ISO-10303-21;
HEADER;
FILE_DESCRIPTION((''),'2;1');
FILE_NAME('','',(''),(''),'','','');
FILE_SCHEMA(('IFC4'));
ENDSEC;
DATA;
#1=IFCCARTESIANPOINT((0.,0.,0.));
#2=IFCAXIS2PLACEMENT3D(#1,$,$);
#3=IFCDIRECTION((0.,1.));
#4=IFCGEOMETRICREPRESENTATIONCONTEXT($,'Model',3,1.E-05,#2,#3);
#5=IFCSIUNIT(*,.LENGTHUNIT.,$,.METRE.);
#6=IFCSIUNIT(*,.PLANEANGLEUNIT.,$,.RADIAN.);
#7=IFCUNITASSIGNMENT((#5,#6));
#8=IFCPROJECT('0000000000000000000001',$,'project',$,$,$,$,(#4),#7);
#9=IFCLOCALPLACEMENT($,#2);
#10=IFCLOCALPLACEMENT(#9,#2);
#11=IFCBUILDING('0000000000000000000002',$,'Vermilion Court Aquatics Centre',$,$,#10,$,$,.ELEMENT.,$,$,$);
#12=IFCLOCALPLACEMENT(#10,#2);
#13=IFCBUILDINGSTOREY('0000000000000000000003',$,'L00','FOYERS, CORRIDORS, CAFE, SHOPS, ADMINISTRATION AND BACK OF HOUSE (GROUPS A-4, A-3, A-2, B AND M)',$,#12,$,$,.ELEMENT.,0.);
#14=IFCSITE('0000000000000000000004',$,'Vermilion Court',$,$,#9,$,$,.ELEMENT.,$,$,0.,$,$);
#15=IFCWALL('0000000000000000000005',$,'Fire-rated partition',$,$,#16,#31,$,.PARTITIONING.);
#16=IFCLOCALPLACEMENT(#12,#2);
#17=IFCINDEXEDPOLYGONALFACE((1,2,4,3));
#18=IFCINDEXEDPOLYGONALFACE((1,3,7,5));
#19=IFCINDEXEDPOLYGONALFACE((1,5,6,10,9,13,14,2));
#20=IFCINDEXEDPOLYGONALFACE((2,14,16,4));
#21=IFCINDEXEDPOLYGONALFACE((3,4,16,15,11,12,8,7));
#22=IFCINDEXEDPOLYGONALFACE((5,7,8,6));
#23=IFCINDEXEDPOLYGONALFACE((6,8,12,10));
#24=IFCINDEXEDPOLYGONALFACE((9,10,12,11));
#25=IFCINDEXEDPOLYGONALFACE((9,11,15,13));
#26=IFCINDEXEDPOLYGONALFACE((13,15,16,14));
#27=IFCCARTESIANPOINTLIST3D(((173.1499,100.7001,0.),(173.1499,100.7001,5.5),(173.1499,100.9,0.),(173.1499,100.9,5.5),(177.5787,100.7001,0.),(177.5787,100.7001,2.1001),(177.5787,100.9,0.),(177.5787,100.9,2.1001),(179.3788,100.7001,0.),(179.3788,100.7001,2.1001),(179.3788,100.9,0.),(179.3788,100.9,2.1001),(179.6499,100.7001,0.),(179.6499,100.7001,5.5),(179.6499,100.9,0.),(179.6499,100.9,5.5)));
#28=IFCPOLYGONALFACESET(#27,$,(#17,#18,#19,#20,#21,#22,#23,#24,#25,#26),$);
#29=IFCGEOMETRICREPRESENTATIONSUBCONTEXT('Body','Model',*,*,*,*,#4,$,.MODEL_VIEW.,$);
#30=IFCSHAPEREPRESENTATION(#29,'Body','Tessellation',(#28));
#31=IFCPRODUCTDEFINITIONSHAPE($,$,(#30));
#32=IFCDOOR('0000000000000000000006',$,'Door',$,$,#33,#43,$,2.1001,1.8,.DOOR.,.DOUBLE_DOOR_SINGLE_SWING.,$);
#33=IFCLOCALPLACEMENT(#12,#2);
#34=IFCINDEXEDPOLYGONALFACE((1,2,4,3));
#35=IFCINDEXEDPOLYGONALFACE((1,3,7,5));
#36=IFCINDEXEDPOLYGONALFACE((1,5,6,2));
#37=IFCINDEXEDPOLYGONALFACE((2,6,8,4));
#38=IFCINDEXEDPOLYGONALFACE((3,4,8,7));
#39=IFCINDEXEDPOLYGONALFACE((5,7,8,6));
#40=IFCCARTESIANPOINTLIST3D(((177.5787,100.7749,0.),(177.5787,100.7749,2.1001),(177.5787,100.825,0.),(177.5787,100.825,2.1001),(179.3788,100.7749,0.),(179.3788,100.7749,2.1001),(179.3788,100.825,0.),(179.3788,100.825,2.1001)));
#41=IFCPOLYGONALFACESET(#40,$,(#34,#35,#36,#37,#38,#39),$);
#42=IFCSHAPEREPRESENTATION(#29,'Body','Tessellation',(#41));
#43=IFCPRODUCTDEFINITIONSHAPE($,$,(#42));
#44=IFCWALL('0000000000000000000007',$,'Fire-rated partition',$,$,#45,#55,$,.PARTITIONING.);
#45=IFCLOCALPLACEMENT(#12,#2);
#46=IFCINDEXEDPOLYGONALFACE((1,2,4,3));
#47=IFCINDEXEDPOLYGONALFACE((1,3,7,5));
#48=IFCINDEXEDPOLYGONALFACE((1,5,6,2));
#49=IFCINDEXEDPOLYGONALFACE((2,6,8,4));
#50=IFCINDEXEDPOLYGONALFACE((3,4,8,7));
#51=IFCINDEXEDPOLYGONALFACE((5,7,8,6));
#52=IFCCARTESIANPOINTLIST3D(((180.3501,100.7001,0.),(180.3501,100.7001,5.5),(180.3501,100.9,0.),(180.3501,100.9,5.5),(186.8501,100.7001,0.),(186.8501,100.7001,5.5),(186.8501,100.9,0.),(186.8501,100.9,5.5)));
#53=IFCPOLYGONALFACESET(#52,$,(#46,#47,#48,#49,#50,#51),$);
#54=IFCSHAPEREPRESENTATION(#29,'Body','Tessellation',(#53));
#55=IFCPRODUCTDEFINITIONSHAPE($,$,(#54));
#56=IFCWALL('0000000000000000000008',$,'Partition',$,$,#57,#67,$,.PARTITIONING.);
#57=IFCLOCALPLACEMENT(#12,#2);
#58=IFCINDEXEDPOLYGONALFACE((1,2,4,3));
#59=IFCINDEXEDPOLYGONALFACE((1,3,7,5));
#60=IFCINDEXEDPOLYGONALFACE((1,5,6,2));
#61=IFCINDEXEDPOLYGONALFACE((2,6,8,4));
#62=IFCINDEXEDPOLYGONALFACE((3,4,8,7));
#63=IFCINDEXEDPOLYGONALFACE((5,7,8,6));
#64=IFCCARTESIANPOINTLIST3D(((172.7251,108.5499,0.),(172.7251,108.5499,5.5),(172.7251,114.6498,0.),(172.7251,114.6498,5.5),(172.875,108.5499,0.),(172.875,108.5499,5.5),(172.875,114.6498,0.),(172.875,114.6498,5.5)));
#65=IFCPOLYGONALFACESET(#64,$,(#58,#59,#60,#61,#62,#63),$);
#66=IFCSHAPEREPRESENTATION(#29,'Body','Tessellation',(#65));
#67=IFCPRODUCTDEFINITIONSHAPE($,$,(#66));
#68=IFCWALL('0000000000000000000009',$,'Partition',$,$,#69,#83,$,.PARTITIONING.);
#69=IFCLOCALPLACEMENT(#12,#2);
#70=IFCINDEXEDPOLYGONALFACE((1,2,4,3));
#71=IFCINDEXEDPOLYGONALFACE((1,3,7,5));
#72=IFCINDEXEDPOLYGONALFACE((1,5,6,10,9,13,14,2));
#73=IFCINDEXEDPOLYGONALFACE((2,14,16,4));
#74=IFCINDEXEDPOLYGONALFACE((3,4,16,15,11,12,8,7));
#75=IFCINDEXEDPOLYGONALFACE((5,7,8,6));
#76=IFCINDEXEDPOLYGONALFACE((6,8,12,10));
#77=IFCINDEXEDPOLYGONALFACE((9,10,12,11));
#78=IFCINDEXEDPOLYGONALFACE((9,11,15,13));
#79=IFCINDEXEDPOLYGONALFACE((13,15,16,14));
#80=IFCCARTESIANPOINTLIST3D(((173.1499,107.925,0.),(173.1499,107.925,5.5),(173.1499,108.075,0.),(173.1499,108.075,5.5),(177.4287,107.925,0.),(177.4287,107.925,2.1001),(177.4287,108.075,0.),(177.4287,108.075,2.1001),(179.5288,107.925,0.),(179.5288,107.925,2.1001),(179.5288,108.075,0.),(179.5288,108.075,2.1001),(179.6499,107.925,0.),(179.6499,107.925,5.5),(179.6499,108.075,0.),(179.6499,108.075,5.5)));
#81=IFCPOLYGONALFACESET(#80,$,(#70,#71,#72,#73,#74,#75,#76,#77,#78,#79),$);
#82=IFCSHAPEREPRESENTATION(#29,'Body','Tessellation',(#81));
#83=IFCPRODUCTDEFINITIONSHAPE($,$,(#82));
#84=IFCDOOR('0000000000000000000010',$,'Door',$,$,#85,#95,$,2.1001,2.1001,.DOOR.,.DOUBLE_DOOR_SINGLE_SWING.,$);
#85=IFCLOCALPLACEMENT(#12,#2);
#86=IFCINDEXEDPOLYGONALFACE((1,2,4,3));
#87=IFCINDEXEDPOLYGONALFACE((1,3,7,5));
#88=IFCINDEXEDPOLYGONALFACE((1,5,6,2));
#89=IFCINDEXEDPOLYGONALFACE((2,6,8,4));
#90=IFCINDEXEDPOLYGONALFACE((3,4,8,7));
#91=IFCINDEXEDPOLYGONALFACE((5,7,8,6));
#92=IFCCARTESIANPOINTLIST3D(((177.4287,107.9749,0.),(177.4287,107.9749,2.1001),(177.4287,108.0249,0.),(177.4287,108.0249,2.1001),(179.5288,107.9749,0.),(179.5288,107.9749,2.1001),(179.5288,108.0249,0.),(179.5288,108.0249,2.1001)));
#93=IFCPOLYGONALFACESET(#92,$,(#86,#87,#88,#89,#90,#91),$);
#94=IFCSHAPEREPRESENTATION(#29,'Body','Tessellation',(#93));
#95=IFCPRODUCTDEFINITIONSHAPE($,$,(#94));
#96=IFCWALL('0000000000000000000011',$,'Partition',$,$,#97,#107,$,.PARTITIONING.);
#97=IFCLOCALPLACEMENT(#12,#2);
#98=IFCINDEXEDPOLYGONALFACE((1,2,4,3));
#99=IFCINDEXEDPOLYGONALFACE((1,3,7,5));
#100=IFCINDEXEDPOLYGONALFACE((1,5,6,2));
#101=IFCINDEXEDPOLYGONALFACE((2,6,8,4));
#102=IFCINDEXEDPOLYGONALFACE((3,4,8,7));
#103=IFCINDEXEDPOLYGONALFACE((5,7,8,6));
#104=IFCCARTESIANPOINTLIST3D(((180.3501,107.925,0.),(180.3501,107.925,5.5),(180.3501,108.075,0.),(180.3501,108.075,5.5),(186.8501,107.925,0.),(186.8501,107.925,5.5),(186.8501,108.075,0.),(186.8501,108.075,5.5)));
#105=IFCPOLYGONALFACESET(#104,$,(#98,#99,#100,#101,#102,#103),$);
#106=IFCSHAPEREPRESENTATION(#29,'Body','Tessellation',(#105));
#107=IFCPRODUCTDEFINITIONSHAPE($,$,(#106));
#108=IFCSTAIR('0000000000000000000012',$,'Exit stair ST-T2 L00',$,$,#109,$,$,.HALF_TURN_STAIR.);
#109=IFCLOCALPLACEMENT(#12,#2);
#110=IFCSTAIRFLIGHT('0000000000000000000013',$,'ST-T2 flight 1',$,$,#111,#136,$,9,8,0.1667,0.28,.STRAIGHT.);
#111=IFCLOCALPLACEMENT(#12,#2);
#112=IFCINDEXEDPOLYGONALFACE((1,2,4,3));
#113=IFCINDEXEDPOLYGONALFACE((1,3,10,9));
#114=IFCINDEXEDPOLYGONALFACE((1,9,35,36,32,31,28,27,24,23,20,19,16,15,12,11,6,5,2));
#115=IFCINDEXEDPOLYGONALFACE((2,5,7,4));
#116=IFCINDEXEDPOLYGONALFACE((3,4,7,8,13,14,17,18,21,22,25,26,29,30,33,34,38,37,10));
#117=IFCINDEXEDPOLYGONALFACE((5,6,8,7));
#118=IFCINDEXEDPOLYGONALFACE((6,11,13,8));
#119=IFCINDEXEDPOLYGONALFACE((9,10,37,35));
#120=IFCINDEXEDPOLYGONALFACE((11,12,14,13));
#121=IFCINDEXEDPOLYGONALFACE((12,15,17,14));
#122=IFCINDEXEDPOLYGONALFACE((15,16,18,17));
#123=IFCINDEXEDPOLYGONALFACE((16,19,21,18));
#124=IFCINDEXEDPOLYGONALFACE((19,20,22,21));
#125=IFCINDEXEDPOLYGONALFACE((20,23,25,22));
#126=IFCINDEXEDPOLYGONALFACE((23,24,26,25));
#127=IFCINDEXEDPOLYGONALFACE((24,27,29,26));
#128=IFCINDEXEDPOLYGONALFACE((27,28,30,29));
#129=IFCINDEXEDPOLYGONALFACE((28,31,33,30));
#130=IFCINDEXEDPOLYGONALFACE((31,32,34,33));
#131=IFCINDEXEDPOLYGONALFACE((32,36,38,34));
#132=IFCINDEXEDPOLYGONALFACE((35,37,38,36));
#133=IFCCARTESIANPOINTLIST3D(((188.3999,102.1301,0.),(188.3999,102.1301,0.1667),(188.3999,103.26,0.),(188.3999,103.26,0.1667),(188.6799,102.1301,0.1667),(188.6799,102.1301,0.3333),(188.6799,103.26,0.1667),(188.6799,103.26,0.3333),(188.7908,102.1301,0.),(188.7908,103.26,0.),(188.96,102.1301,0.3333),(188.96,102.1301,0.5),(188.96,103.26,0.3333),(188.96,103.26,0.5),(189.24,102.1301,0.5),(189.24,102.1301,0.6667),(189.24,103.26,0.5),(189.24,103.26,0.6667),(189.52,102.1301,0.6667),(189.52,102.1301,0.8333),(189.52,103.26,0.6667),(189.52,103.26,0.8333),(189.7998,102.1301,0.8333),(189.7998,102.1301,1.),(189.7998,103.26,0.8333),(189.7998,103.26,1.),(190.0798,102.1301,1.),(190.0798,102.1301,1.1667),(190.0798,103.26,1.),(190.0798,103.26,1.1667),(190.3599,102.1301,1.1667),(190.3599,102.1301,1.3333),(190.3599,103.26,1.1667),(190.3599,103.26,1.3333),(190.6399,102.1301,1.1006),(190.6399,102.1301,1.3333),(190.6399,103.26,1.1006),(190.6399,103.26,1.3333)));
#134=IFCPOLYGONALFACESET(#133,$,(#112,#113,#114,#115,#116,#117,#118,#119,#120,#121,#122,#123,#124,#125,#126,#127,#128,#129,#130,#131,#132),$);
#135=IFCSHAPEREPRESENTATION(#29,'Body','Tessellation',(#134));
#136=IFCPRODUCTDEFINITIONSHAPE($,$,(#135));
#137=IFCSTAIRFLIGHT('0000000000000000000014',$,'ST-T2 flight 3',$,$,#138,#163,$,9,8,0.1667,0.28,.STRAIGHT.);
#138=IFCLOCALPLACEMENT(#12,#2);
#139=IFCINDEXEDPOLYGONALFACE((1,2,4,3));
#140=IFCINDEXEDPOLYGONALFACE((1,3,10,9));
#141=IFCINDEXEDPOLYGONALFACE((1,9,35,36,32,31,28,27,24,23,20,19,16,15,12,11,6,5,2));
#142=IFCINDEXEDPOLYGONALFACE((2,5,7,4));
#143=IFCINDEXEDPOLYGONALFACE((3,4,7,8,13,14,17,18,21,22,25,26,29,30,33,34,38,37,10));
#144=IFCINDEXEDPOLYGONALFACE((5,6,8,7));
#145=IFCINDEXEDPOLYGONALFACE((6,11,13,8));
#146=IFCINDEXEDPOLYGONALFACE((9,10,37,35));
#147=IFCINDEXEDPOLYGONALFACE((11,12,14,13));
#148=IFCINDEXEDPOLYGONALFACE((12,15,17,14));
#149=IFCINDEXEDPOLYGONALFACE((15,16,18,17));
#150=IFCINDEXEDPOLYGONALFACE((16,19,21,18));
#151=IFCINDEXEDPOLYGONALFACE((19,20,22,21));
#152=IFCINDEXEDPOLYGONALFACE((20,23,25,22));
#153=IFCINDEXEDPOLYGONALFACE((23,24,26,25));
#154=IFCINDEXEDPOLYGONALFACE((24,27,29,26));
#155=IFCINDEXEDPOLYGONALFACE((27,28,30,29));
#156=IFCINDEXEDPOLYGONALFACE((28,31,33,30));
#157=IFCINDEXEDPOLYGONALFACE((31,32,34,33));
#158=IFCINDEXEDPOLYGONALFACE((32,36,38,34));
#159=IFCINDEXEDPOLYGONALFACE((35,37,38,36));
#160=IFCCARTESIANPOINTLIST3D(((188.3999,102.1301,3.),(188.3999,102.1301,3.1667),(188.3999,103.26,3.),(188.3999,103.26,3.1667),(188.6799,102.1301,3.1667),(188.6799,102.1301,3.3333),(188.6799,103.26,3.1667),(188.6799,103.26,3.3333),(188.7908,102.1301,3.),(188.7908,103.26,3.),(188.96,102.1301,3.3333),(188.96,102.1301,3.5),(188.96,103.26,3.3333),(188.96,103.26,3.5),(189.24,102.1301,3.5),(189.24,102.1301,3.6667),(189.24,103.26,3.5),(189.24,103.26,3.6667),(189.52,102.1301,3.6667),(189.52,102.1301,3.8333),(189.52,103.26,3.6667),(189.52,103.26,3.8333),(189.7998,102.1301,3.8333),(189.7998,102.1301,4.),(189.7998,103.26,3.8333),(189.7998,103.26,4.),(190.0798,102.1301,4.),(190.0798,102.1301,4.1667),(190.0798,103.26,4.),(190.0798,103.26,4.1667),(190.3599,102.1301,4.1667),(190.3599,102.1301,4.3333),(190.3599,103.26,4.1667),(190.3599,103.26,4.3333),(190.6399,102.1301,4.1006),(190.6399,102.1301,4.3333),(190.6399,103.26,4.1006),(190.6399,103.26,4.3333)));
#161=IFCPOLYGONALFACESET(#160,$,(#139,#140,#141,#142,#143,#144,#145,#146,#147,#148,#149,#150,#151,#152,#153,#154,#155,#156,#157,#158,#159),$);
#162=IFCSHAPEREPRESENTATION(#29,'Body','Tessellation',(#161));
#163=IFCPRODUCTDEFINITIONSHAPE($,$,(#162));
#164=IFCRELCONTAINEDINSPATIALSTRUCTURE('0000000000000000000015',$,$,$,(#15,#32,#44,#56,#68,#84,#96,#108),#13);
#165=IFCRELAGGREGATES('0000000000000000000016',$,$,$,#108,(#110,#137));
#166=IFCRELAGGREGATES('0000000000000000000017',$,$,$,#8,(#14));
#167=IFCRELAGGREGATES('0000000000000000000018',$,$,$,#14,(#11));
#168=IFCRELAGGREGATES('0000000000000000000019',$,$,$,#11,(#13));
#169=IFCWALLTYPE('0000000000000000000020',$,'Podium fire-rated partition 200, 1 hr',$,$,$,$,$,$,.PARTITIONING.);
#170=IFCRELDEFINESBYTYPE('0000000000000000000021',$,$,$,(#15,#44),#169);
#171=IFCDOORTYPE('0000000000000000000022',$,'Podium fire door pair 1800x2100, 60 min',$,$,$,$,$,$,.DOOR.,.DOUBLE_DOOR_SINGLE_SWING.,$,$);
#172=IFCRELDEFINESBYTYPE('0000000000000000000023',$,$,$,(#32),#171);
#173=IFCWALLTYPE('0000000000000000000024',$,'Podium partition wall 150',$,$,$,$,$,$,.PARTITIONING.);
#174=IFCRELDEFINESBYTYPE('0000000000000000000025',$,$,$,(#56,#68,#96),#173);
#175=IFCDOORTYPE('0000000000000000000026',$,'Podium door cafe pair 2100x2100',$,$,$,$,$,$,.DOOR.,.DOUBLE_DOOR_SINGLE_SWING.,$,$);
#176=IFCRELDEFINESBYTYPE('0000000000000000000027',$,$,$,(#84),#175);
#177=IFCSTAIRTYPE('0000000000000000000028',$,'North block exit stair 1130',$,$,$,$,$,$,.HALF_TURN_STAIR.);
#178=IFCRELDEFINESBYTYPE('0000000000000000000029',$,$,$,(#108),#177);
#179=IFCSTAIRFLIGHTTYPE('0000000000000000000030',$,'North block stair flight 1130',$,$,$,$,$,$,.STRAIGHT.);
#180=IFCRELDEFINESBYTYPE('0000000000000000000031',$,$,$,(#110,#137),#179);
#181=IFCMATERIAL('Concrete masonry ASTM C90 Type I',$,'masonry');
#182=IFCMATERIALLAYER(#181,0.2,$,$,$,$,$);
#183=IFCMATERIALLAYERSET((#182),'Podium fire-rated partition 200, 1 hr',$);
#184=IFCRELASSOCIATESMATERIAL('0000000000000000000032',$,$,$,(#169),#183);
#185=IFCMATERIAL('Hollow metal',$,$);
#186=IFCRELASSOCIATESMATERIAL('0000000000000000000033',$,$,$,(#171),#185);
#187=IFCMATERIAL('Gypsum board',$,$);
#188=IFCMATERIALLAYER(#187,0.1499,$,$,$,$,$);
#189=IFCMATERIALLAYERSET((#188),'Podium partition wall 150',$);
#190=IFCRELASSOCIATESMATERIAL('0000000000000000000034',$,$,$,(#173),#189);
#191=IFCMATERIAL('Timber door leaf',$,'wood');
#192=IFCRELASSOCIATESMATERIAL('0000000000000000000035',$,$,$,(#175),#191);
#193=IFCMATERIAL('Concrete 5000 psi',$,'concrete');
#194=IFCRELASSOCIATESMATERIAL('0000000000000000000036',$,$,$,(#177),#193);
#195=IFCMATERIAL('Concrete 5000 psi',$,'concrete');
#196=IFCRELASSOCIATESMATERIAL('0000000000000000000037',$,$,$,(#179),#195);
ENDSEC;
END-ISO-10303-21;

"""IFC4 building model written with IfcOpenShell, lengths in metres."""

from ifc_helpers import new_model, si_unit, direction, frame, frame_2d, origin, place, context, subcontext, project, spatial, polyline, rectangle, outline, extrude, material, layer, layer_set, type_object, element, fill, aggregate, save


model = new_model("IFC4")

# Units and contexts
model_context = context("Model", 3, precision=1e-05, world=origin(), true_north=direction((0.0, 1.0)))
body_context = subcontext(model_context, "Body", "Model", "MODEL_VIEW")
ifc_project = project(units=[si_unit("LENGTHUNIT", "METRE"), si_unit("PLANEANGLEUNIT", "RADIAN")], contexts=[model_context])

# Site, building, storey
site_placement = place(None, origin())
site = spatial("IfcSite", under=ifc_project, at=site_placement, Name="Vermilion Court", CompositionType="ELEMENT", RefElevation=0.0)
building_placement = place(site_placement, origin())
building = spatial("IfcBuilding", under=site, at=building_placement, Name="Vermilion Court Aquatics Centre", CompositionType="ELEMENT")
storey_placement = place(building_placement, origin())
storey = spatial("IfcBuildingStorey", under=building, at=storey_placement, Name="L00", Description="FOYERS, CORRIDORS, CAFE, SHOPS, ADMINISTRATION AND BACK OF HOUSE (GROUPS A-4, A-3, A-2, B AND M)", CompositionType="ELEMENT", Elevation=0.0)

# Wall, opening, door
ifc_material_1 = material(Name="Concrete masonry ASTM C90 Type I", Category="masonry")
ifc_layer_1 = layer(ifc_material_1, 0.2)
ifc_layer_set_1 = layer_set([ifc_layer_1], Name="Podium fire-rated partition 200, 1 hr")
wall_type_1 = type_object("IfcWallType", Name="Podium fire-rated partition 200, 1 hr", PredefinedType="PARTITIONING", material=ifc_layer_set_1)
wall_1_placement = place(storey_placement, frame((173.1499, 100.8, 0.0), z_axis=(0.0, 0.0, 1.0), x_axis=(1.0, 0.0, 0.0)))
wall_1 = element("IfcWall", 1, at=wall_1_placement, inside=storey, type_object=wall_type_1, Name="Fire-rated partition", PredefinedType="PARTITIONING", context=body_context, shape_type="SweptSolid", body=[
    extrude(rectangle(XDim=6.5, YDim=0.2, at=frame_2d((3.25, 0.0))), origin(), (0.0, 0.0, 1.0), 5.5),
])
opening_1_placement = place(wall_1_placement, frame((4.429, 0.0, 0.0)))
opening_1 = element("IfcOpeningElement", 2, at=opening_1_placement, cuts=wall_1, PredefinedType="OPENING", context=body_context, shape_type="SweptSolid", body=[
    extrude(rectangle(XDim=1.8, YDim=2.1001, at=frame_2d((0.8999, 1.05))), frame((0.0, 0.1099, 0.0), z_axis=(0.0, -1.0, 0.0), x_axis=(1.0, 0.0, 0.0)), (0.0, 0.0, 1.0), 0.22),
])
ifc_material_2 = material(Name="Hollow metal")
door_type_1 = type_object("IfcDoorType", Name="Podium fire door pair 1800x2100, 60 min", OperationType="DOUBLE_DOOR_SINGLE_SWING", PredefinedType="DOOR", material=ifc_material_2)
door_1_placement = place(opening_1_placement, origin())
door_1 = element("IfcDoor", 3, at=door_1_placement, inside=storey, type_object=door_type_1, Name="Door", OperationType="DOUBLE_DOOR_SINGLE_SWING", OverallHeight=2.1001, OverallWidth=1.8, PredefinedType="DOOR", context=body_context, shape_type="SweptSolid", body=[
    extrude(rectangle(XDim=1.8, YDim=2.1001, at=frame_2d((0.8999, 1.05))), frame((0.0, 0.0249, 0.0), z_axis=(0.0, -1.0, 0.0), x_axis=(1.0, 0.0, 0.0)), (0.0, 0.0, 1.0), 0.05),
])
fill(opening_1, door_1)

# Walls
wall_2_placement = place(storey_placement, frame((180.3501, 100.8, 0.0), z_axis=(0.0, 0.0, 1.0), x_axis=(1.0, 0.0, 0.0)))
element("IfcWall", 4, at=wall_2_placement, inside=storey, type_object=wall_type_1, Name="Fire-rated partition", PredefinedType="PARTITIONING", context=body_context, shape_type="SweptSolid", body=[
    extrude(rectangle(XDim=6.5, YDim=0.2, at=frame_2d((3.25, 0.0))), origin(), (0.0, 0.0, 1.0), 5.5),
])
ifc_material_3 = material(Name="Gypsum board")
ifc_layer_2 = layer(ifc_material_3, 0.1499)
ifc_layer_set_2 = layer_set([ifc_layer_2], Name="Podium partition wall 150")
wall_type_2 = type_object("IfcWallType", Name="Podium partition wall 150", PredefinedType="PARTITIONING", material=ifc_layer_set_2)
wall_3_placement = place(storey_placement, frame((172.8, 108.55, 0.0), z_axis=(0.0, 0.0, 1.0), x_axis=(0.0, 1.0, 0.0)))
element("IfcWall", 5, at=wall_3_placement, inside=storey, type_object=wall_type_2, Name="Partition", PredefinedType="PARTITIONING", context=body_context, shape_type="SweptSolid", body=[
    extrude(rectangle(XDim=6.0999, YDim=0.1499, at=frame_2d((3.0498, 0.0))), origin(), (0.0, 0.0, 1.0), 5.5),
])

# Wall, opening, door
wall_4_placement = place(storey_placement, frame((173.1499, 108.0, 0.0), z_axis=(0.0, 0.0, 1.0), x_axis=(1.0, 0.0, 0.0)))
wall_4 = element("IfcWall", 6, at=wall_4_placement, inside=storey, type_object=wall_type_2, Name="Partition", PredefinedType="PARTITIONING", context=body_context, shape_type="SweptSolid", body=[
    extrude(rectangle(XDim=6.5, YDim=0.1499, at=frame_2d((3.25, 0.0))), origin(), (0.0, 0.0, 1.0), 5.5),
])
opening_2_placement = place(wall_4_placement, frame((4.2788, 0.0, 0.0)))
opening_2 = element("IfcOpeningElement", 7, at=opening_2_placement, cuts=wall_4, PredefinedType="OPENING", context=body_context, shape_type="SweptSolid", body=[
    extrude(rectangle(XDim=2.1001, YDim=2.1001, at=frame_2d((1.05, 1.05))), frame((0.0, 0.085, 0.0), z_axis=(0.0, -1.0, 0.0), x_axis=(1.0, 0.0, 0.0)), (0.0, 0.0, 1.0), 0.1699),
])
ifc_material_4 = material(Name="Timber door leaf", Category="wood")
door_type_2 = type_object("IfcDoorType", Name="Podium door cafe pair 2100x2100", OperationType="DOUBLE_DOOR_SINGLE_SWING", PredefinedType="DOOR", material=ifc_material_4)
door_2_placement = place(opening_2_placement, frame((2.1001, 0.0, 0.0), z_axis=(0.0, 0.0, 1.0), x_axis=(-1.0, 0.0, 0.0)))
door_2 = element("IfcDoor", 8, at=door_2_placement, inside=storey, type_object=door_type_2, Name="Door", OperationType="DOUBLE_DOOR_SINGLE_SWING", OverallHeight=2.1001, OverallWidth=2.1001, PredefinedType="DOOR", context=body_context, shape_type="SweptSolid", body=[
    extrude(rectangle(XDim=2.1001, YDim=2.1001, at=frame_2d((1.05, 1.05))), frame((0.0, 0.0251, 0.0), z_axis=(0.0, -1.0, 0.0), x_axis=(1.0, 0.0, 0.0)), (0.0, 0.0, 1.0), 0.05),
])
fill(opening_2, door_2)

# Wall
wall_5_placement = place(storey_placement, frame((180.3501, 108.0, 0.0), z_axis=(0.0, 0.0, 1.0), x_axis=(1.0, 0.0, 0.0)))
element("IfcWall", 9, at=wall_5_placement, inside=storey, type_object=wall_type_2, Name="Partition", PredefinedType="PARTITIONING", context=body_context, shape_type="SweptSolid", body=[
    extrude(rectangle(XDim=6.5, YDim=0.1499, at=frame_2d((3.25, 0.0))), origin(), (0.0, 0.0, 1.0), 5.5),
])

# Stair, stair flights
ifc_material_5 = material(Name="Concrete 5000 psi", Category="concrete")
stair_type = type_object("IfcStairType", Name="North block exit stair 1130", PredefinedType="HALF_TURN_STAIR", material=ifc_material_5)
stair_placement = place(storey_placement, origin())
stair = element("IfcStair", 10, at=stair_placement, inside=storey, type_object=stair_type, Name="Exit stair ST-T2 L00", PredefinedType="HALF_TURN_STAIR")
ifc_material_6 = material(Name="Concrete 5000 psi", Category="concrete")
stair_flight_type = type_object("IfcStairFlightType", Name="North block stair flight 1130", PredefinedType="STRAIGHT", material=ifc_material_6)
stair_flight_1_placement = place(storey_placement, frame((188.3999, 102.6951, 0.0), z_axis=(0.0, 0.0, 1.0), x_axis=(1.0, 0.0, 0.0)))
stair_flight_1 = element("IfcStairFlight", 11, at=stair_flight_1_placement, type_object=stair_flight_type, Name="ST-T2 flight 1", NumberOfRisers=9, NumberOfTreads=8, PredefinedType="STRAIGHT", RiserHeight=0.1667, TreadLength=0.28, context=body_context, shape_type="SweptSolid", body=[
    extrude(outline(polyline([(0.0, 0.0), (0.0, 0.1667), (0.28, 0.1667), (0.28, 0.3333), (0.5601, 0.3333), (0.5601, 0.5), (0.8401, 0.5), (0.8401, 0.6667), (1.1201, 0.6667), (1.1201, 0.8333), (1.3999, 0.8333), (1.3999, 1.0), (1.6799, 1.0), (1.6799, 1.1667), (1.96, 1.1667), (1.96, 1.3333), (2.24, 1.3333), (2.24, 1.5), (2.24, 1.1006), (0.3909, 0.0), (0.0, 0.0)])), frame((0.0, 0.5649, 0.0), z_axis=(0.0, -1.0, 0.0), x_axis=(1.0, 0.0, 0.0)), (0.0, 0.0, 1.0), 1.1299),
])
stair_flight_2_placement = place(storey_placement, frame((188.3999, 102.6951, 3.0), z_axis=(0.0, 0.0, 1.0), x_axis=(1.0, 0.0, 0.0)))
stair_flight_2 = element("IfcStairFlight", 12, at=stair_flight_2_placement, type_object=stair_flight_type, Name="ST-T2 flight 3", NumberOfRisers=9, NumberOfTreads=8, PredefinedType="STRAIGHT", RiserHeight=0.1667, TreadLength=0.28, context=body_context, shape_type="SweptSolid", body=[
    extrude(outline(polyline([(0.0, 0.0), (0.0, 0.1667), (0.28, 0.1667), (0.28, 0.3333), (0.5601, 0.3333), (0.5601, 0.5), (0.8401, 0.5), (0.8401, 0.6667), (1.1201, 0.6667), (1.1201, 0.8333), (1.3999, 0.8333), (1.3999, 1.0), (1.6799, 1.0), (1.6799, 1.1667), (1.96, 1.1667), (1.96, 1.3333), (2.24, 1.3333), (2.24, 1.5), (2.24, 1.1006), (0.3909, 0.0), (0.0, 0.0)])), frame((0.0, 0.5649, 0.0), z_axis=(0.0, -1.0, 0.0), x_axis=(1.0, 0.0, 0.0)), (0.0, 0.0, 1.0), 1.1299),
])
aggregate(stair, [stair_flight_1, stair_flight_2])

save(model, "model.ifc")
